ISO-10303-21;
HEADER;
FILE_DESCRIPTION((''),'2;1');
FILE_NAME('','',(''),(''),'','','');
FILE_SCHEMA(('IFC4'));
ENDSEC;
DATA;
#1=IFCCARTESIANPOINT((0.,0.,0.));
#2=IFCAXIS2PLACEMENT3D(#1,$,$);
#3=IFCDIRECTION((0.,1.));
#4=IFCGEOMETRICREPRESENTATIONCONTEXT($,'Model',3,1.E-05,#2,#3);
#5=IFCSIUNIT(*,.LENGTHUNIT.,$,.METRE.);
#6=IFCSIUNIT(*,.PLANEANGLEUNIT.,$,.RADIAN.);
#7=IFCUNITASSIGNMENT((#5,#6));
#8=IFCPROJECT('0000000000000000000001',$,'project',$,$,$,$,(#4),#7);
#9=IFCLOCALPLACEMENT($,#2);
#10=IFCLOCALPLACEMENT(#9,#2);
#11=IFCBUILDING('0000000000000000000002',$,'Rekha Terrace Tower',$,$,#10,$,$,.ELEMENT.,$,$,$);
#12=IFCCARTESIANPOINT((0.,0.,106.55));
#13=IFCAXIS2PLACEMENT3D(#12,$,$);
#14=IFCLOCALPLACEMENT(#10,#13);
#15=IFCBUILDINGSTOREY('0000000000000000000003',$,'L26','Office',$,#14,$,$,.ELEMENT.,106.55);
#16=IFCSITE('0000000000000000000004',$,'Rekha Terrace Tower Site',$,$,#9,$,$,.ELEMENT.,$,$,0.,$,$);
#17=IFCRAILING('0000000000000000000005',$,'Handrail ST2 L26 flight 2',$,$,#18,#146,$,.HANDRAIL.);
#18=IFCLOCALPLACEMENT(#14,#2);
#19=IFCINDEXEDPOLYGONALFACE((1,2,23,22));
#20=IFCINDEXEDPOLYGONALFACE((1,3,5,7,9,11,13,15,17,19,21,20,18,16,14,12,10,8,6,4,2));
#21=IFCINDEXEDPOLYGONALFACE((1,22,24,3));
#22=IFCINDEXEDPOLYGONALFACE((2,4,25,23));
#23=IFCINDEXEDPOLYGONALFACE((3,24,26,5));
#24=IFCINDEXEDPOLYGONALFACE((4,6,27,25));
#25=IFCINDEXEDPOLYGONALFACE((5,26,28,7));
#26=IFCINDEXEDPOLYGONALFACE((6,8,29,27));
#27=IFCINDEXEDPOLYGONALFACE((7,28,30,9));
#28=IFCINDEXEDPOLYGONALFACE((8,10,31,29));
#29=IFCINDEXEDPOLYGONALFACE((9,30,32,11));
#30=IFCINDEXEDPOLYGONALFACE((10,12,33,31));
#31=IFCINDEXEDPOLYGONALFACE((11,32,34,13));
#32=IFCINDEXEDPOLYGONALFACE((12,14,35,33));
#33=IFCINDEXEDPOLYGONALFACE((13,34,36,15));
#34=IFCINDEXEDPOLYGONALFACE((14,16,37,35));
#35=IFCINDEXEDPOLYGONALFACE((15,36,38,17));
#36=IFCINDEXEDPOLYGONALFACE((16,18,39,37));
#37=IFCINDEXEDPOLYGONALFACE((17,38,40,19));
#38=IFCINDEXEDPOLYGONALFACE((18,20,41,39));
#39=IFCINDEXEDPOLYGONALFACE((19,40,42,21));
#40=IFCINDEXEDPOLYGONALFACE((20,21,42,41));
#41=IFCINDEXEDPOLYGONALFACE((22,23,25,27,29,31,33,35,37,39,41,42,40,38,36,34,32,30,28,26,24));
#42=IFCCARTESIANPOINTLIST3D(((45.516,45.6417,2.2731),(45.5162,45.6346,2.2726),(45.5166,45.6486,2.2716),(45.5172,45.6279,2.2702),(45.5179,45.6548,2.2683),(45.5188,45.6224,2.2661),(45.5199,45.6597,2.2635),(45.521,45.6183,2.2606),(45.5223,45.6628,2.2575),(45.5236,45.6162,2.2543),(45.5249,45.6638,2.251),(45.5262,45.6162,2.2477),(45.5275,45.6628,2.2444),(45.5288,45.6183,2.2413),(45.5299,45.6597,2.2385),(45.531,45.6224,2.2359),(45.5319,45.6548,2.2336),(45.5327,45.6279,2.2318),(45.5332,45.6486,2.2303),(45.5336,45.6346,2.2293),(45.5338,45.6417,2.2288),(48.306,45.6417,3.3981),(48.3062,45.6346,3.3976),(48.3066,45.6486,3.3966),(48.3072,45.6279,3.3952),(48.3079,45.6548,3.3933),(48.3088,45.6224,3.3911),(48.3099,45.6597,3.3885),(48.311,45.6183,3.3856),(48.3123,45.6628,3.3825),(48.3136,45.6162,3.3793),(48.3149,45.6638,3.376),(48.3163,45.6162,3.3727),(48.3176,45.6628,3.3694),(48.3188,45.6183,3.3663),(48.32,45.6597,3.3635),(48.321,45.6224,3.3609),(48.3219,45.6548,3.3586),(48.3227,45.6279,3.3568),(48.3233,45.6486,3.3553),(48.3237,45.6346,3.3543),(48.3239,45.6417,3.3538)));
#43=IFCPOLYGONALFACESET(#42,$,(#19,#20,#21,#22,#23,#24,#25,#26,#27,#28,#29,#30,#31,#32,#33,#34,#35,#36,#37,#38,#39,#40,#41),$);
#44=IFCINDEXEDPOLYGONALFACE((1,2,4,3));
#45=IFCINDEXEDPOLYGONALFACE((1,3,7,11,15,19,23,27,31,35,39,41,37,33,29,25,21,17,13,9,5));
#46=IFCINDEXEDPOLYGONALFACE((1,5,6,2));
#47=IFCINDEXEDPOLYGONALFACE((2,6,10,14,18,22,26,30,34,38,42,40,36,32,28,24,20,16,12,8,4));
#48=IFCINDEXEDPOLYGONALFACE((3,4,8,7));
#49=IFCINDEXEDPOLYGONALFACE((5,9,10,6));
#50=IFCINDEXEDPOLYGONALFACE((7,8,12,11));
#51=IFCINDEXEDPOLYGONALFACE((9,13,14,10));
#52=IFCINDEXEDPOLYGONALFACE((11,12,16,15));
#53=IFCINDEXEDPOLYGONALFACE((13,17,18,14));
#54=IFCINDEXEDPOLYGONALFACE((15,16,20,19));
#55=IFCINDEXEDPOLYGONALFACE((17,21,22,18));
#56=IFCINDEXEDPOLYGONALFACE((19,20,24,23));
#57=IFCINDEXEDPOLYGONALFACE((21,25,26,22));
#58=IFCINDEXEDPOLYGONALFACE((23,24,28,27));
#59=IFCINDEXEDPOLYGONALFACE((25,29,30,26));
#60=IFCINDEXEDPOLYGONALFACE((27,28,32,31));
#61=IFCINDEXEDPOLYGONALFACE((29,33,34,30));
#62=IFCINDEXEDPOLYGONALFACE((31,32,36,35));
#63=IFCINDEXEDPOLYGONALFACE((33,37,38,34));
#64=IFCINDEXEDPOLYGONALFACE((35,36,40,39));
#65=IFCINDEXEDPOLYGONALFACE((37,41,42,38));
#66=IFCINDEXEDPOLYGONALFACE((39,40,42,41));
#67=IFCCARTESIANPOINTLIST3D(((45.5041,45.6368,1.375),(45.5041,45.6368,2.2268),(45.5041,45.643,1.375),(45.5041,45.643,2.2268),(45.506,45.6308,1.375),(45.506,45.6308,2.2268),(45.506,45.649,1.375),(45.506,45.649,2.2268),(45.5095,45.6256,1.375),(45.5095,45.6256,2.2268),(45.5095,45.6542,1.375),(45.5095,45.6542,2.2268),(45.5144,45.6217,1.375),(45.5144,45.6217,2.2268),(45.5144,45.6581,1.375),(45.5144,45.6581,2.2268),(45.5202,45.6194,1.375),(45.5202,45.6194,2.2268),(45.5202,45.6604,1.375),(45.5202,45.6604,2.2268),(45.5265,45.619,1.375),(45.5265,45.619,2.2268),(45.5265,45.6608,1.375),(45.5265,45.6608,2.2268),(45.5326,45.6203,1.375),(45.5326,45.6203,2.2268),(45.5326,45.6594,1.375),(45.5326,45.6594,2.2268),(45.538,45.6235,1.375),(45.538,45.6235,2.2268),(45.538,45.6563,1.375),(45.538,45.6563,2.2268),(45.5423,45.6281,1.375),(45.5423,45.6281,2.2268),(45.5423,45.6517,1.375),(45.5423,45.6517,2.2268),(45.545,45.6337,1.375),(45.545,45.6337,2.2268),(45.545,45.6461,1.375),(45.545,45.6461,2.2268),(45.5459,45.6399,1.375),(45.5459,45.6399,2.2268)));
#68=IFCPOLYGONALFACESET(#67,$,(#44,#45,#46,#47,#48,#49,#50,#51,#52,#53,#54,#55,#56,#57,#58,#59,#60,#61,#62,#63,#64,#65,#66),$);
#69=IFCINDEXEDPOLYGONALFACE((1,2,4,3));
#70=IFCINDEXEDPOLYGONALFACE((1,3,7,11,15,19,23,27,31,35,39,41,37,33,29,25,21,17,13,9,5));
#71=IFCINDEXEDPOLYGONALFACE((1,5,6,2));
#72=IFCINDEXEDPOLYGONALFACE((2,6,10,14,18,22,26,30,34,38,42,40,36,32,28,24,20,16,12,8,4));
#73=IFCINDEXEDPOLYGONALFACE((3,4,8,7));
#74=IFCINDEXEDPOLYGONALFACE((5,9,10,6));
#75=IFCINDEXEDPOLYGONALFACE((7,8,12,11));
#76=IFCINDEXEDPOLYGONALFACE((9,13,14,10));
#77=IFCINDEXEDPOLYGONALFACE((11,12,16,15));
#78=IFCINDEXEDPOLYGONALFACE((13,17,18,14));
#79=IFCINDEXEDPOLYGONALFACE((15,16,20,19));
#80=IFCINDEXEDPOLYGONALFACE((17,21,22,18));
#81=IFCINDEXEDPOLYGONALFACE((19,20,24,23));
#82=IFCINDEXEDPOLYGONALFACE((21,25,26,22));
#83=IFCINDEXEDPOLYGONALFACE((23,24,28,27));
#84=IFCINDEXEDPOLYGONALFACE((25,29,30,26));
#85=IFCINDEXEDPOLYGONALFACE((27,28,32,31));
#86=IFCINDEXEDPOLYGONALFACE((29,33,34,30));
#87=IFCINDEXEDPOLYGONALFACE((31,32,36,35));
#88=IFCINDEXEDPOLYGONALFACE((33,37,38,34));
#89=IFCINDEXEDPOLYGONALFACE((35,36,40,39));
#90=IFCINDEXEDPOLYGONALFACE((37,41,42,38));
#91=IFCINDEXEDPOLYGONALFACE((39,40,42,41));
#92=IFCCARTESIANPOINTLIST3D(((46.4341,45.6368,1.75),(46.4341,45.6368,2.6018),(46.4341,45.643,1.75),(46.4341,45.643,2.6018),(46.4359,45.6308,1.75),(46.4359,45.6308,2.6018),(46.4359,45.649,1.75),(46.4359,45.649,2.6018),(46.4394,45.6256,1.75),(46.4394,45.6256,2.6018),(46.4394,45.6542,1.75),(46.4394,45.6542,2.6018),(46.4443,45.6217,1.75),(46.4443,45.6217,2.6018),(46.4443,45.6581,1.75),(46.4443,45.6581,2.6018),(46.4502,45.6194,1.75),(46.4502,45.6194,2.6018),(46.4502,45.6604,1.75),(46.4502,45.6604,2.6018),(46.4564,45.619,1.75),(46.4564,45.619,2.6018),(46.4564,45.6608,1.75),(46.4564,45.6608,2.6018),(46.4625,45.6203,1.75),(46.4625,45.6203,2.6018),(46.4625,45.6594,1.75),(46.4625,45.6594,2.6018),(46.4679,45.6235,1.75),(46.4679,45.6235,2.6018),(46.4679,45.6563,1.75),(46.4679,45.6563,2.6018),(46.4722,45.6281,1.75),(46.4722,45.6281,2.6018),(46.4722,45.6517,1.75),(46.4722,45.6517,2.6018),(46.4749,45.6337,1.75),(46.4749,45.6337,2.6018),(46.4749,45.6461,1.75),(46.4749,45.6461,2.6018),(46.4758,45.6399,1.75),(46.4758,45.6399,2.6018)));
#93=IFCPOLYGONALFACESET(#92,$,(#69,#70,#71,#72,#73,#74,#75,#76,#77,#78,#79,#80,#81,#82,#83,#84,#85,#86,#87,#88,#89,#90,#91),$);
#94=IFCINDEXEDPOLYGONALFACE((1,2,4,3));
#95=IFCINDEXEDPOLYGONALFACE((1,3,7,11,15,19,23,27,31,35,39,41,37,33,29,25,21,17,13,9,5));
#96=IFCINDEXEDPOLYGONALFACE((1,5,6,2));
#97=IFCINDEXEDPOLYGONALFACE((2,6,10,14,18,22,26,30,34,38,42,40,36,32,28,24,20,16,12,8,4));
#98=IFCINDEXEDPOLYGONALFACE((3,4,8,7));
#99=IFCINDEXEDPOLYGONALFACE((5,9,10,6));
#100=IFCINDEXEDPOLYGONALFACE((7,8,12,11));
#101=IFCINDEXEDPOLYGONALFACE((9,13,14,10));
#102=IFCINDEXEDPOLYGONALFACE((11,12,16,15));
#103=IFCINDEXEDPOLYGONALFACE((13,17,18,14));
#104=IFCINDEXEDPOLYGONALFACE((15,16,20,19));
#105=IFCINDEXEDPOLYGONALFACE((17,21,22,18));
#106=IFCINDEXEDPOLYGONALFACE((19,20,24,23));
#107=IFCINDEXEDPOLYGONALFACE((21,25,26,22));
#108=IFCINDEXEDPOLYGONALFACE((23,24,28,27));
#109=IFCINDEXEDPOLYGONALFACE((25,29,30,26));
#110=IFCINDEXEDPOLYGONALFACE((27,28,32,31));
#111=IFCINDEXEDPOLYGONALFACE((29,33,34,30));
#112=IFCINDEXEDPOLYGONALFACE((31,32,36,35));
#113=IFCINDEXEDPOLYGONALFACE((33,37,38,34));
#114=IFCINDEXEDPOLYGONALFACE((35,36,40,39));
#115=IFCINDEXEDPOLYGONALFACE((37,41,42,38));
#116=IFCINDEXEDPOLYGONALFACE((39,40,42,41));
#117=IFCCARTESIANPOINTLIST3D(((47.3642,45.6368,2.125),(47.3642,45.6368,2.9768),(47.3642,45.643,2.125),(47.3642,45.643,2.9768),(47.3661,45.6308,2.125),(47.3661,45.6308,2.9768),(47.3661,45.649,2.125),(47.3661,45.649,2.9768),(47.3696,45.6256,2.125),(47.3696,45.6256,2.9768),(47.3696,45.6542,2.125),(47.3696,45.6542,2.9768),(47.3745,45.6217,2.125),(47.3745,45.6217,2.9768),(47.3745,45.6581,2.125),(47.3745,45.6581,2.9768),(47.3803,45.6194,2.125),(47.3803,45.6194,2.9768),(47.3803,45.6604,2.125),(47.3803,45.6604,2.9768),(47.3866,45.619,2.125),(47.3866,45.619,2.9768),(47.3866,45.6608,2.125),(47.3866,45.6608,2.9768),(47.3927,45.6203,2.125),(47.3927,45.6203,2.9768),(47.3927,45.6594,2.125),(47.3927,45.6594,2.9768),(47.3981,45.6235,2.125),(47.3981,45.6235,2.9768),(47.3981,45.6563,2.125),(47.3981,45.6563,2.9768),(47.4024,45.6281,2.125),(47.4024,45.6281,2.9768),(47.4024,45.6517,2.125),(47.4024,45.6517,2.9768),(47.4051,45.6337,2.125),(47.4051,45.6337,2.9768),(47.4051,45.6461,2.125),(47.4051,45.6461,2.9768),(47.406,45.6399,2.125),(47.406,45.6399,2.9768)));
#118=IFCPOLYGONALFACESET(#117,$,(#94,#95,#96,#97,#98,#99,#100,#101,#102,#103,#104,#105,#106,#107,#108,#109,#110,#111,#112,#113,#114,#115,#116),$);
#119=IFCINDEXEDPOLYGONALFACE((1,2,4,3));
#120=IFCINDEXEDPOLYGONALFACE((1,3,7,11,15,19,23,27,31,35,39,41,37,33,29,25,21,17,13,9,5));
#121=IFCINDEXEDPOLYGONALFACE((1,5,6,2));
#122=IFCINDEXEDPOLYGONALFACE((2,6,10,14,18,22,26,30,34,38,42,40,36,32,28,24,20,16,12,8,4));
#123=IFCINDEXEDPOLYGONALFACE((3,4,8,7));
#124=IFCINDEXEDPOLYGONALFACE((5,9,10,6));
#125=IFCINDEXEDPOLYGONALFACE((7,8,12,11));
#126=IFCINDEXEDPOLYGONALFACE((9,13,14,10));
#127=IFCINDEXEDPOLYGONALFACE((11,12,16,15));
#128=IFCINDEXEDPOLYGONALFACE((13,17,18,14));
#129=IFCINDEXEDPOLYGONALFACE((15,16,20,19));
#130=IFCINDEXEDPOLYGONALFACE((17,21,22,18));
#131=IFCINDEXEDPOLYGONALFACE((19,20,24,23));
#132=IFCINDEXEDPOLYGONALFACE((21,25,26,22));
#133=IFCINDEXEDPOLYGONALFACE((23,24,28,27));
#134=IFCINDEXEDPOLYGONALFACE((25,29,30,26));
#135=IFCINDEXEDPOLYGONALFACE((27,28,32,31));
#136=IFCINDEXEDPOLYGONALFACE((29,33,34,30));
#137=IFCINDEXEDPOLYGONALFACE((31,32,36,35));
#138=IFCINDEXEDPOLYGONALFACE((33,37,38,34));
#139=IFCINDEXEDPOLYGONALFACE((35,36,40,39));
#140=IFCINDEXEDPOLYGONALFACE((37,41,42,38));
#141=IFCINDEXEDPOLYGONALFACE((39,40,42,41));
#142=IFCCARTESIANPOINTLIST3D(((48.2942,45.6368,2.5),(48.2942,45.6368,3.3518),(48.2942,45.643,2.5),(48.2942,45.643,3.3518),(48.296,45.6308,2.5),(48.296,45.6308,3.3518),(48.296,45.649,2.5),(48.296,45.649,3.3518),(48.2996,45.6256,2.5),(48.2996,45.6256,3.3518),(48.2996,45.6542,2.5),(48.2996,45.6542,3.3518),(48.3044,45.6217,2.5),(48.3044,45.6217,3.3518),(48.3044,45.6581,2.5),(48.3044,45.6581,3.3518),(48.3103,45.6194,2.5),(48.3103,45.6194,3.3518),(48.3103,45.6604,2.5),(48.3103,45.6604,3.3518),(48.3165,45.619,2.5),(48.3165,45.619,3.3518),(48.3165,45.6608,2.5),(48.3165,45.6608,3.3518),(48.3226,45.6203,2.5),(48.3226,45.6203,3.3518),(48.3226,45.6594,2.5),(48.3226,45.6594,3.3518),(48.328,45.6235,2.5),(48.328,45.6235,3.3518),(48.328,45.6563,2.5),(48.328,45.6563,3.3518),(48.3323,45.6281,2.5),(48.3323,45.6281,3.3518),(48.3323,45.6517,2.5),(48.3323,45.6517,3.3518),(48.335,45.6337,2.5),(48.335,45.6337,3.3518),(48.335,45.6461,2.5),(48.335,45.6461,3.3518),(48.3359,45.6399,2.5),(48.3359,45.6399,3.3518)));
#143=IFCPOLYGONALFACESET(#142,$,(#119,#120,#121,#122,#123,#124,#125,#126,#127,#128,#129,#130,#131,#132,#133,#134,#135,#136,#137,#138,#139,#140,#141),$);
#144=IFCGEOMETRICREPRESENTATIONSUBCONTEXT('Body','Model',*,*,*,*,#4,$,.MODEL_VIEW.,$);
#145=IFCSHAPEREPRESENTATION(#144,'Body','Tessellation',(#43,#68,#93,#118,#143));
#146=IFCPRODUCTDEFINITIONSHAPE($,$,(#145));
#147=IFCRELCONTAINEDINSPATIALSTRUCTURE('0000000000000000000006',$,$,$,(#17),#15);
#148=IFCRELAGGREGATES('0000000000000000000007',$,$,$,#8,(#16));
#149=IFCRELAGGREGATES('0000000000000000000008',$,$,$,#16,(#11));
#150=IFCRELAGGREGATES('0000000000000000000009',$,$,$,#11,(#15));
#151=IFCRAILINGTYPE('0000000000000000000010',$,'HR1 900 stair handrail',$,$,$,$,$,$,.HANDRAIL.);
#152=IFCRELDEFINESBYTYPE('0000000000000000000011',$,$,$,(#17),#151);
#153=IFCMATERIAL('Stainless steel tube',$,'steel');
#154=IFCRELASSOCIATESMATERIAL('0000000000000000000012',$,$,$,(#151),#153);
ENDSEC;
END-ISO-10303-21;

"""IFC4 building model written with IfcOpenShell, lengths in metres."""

from ifc_helpers import new_model, si_unit, direction, frame, origin, origin_2d, place, context, subcontext, project, spatial, circle, extrude, material, type_object, element, save


model = new_model("IFC4")

# Units and contexts
model_context = context("Model", 3, precision=1e-05, world=origin(), true_north=direction((0.0, 1.0)))
body_context = subcontext(model_context, "Body", "Model", "MODEL_VIEW")
ifc_project = project(units=[si_unit("LENGTHUNIT", "METRE"), si_unit("PLANEANGLEUNIT", "RADIAN")], contexts=[model_context])

# Site, building, storey
site_placement = place(None, origin())
site = spatial("IfcSite", under=ifc_project, at=site_placement, Name="Rekha Terrace Tower Site", CompositionType="ELEMENT", RefElevation=0.0)
building_placement = place(site_placement, origin())
building = spatial("IfcBuilding", under=site, at=building_placement, Name="Rekha Terrace Tower", CompositionType="ELEMENT")
storey_placement = place(building_placement, frame((0.0, 0.0, 106.55)))
storey = spatial("IfcBuildingStorey", under=building, at=storey_placement, Name="L26", Description="Office", CompositionType="ELEMENT", Elevation=106.55)

# Railing
ifc_material_1 = material(Name="Stainless steel tube", Category="steel")
railing_type = type_object("IfcRailingType", Name="HR1 900 stair handrail", PredefinedType="HANDRAIL", material=ifc_material_1)
railing_placement = place(storey_placement, frame((45.5249, 45.6399, 1.375)))
element("IfcRailing", 1, at=railing_placement, inside=storey, type_object=railing_type, Name="Handrail ST2 L26 flight 2", PredefinedType="HANDRAIL", context=body_context, shape_type="SweptSolid", body=[
    extrude(circle(Radius=0.0239, at=origin_2d()), frame((0.0, 0.0, 0.876), z_axis=(0.927443, 0.0, 0.373964), x_axis=(0.0, 1.0, 0.0)), (0.0, 0.0, 1.0), 3.0083),
    extrude(circle(Radius=0.021, at=origin_2d()), origin(), (0.0, 0.0, 1.0), 0.8518),
    extrude(circle(Radius=0.021, at=origin_2d()), frame((0.9299, 0.0, 0.375)), (0.0, 0.0, 1.0), 0.8518),
    extrude(circle(Radius=0.021, at=origin_2d()), frame((1.8601, 0.0, 0.75)), (0.0, 0.0, 1.0), 0.8518),
    extrude(circle(Radius=0.021, at=origin_2d()), frame((2.79, 0.0, 1.125)), (0.0, 0.0, 1.0), 0.8518),
])

save(model, "model.ifc")
